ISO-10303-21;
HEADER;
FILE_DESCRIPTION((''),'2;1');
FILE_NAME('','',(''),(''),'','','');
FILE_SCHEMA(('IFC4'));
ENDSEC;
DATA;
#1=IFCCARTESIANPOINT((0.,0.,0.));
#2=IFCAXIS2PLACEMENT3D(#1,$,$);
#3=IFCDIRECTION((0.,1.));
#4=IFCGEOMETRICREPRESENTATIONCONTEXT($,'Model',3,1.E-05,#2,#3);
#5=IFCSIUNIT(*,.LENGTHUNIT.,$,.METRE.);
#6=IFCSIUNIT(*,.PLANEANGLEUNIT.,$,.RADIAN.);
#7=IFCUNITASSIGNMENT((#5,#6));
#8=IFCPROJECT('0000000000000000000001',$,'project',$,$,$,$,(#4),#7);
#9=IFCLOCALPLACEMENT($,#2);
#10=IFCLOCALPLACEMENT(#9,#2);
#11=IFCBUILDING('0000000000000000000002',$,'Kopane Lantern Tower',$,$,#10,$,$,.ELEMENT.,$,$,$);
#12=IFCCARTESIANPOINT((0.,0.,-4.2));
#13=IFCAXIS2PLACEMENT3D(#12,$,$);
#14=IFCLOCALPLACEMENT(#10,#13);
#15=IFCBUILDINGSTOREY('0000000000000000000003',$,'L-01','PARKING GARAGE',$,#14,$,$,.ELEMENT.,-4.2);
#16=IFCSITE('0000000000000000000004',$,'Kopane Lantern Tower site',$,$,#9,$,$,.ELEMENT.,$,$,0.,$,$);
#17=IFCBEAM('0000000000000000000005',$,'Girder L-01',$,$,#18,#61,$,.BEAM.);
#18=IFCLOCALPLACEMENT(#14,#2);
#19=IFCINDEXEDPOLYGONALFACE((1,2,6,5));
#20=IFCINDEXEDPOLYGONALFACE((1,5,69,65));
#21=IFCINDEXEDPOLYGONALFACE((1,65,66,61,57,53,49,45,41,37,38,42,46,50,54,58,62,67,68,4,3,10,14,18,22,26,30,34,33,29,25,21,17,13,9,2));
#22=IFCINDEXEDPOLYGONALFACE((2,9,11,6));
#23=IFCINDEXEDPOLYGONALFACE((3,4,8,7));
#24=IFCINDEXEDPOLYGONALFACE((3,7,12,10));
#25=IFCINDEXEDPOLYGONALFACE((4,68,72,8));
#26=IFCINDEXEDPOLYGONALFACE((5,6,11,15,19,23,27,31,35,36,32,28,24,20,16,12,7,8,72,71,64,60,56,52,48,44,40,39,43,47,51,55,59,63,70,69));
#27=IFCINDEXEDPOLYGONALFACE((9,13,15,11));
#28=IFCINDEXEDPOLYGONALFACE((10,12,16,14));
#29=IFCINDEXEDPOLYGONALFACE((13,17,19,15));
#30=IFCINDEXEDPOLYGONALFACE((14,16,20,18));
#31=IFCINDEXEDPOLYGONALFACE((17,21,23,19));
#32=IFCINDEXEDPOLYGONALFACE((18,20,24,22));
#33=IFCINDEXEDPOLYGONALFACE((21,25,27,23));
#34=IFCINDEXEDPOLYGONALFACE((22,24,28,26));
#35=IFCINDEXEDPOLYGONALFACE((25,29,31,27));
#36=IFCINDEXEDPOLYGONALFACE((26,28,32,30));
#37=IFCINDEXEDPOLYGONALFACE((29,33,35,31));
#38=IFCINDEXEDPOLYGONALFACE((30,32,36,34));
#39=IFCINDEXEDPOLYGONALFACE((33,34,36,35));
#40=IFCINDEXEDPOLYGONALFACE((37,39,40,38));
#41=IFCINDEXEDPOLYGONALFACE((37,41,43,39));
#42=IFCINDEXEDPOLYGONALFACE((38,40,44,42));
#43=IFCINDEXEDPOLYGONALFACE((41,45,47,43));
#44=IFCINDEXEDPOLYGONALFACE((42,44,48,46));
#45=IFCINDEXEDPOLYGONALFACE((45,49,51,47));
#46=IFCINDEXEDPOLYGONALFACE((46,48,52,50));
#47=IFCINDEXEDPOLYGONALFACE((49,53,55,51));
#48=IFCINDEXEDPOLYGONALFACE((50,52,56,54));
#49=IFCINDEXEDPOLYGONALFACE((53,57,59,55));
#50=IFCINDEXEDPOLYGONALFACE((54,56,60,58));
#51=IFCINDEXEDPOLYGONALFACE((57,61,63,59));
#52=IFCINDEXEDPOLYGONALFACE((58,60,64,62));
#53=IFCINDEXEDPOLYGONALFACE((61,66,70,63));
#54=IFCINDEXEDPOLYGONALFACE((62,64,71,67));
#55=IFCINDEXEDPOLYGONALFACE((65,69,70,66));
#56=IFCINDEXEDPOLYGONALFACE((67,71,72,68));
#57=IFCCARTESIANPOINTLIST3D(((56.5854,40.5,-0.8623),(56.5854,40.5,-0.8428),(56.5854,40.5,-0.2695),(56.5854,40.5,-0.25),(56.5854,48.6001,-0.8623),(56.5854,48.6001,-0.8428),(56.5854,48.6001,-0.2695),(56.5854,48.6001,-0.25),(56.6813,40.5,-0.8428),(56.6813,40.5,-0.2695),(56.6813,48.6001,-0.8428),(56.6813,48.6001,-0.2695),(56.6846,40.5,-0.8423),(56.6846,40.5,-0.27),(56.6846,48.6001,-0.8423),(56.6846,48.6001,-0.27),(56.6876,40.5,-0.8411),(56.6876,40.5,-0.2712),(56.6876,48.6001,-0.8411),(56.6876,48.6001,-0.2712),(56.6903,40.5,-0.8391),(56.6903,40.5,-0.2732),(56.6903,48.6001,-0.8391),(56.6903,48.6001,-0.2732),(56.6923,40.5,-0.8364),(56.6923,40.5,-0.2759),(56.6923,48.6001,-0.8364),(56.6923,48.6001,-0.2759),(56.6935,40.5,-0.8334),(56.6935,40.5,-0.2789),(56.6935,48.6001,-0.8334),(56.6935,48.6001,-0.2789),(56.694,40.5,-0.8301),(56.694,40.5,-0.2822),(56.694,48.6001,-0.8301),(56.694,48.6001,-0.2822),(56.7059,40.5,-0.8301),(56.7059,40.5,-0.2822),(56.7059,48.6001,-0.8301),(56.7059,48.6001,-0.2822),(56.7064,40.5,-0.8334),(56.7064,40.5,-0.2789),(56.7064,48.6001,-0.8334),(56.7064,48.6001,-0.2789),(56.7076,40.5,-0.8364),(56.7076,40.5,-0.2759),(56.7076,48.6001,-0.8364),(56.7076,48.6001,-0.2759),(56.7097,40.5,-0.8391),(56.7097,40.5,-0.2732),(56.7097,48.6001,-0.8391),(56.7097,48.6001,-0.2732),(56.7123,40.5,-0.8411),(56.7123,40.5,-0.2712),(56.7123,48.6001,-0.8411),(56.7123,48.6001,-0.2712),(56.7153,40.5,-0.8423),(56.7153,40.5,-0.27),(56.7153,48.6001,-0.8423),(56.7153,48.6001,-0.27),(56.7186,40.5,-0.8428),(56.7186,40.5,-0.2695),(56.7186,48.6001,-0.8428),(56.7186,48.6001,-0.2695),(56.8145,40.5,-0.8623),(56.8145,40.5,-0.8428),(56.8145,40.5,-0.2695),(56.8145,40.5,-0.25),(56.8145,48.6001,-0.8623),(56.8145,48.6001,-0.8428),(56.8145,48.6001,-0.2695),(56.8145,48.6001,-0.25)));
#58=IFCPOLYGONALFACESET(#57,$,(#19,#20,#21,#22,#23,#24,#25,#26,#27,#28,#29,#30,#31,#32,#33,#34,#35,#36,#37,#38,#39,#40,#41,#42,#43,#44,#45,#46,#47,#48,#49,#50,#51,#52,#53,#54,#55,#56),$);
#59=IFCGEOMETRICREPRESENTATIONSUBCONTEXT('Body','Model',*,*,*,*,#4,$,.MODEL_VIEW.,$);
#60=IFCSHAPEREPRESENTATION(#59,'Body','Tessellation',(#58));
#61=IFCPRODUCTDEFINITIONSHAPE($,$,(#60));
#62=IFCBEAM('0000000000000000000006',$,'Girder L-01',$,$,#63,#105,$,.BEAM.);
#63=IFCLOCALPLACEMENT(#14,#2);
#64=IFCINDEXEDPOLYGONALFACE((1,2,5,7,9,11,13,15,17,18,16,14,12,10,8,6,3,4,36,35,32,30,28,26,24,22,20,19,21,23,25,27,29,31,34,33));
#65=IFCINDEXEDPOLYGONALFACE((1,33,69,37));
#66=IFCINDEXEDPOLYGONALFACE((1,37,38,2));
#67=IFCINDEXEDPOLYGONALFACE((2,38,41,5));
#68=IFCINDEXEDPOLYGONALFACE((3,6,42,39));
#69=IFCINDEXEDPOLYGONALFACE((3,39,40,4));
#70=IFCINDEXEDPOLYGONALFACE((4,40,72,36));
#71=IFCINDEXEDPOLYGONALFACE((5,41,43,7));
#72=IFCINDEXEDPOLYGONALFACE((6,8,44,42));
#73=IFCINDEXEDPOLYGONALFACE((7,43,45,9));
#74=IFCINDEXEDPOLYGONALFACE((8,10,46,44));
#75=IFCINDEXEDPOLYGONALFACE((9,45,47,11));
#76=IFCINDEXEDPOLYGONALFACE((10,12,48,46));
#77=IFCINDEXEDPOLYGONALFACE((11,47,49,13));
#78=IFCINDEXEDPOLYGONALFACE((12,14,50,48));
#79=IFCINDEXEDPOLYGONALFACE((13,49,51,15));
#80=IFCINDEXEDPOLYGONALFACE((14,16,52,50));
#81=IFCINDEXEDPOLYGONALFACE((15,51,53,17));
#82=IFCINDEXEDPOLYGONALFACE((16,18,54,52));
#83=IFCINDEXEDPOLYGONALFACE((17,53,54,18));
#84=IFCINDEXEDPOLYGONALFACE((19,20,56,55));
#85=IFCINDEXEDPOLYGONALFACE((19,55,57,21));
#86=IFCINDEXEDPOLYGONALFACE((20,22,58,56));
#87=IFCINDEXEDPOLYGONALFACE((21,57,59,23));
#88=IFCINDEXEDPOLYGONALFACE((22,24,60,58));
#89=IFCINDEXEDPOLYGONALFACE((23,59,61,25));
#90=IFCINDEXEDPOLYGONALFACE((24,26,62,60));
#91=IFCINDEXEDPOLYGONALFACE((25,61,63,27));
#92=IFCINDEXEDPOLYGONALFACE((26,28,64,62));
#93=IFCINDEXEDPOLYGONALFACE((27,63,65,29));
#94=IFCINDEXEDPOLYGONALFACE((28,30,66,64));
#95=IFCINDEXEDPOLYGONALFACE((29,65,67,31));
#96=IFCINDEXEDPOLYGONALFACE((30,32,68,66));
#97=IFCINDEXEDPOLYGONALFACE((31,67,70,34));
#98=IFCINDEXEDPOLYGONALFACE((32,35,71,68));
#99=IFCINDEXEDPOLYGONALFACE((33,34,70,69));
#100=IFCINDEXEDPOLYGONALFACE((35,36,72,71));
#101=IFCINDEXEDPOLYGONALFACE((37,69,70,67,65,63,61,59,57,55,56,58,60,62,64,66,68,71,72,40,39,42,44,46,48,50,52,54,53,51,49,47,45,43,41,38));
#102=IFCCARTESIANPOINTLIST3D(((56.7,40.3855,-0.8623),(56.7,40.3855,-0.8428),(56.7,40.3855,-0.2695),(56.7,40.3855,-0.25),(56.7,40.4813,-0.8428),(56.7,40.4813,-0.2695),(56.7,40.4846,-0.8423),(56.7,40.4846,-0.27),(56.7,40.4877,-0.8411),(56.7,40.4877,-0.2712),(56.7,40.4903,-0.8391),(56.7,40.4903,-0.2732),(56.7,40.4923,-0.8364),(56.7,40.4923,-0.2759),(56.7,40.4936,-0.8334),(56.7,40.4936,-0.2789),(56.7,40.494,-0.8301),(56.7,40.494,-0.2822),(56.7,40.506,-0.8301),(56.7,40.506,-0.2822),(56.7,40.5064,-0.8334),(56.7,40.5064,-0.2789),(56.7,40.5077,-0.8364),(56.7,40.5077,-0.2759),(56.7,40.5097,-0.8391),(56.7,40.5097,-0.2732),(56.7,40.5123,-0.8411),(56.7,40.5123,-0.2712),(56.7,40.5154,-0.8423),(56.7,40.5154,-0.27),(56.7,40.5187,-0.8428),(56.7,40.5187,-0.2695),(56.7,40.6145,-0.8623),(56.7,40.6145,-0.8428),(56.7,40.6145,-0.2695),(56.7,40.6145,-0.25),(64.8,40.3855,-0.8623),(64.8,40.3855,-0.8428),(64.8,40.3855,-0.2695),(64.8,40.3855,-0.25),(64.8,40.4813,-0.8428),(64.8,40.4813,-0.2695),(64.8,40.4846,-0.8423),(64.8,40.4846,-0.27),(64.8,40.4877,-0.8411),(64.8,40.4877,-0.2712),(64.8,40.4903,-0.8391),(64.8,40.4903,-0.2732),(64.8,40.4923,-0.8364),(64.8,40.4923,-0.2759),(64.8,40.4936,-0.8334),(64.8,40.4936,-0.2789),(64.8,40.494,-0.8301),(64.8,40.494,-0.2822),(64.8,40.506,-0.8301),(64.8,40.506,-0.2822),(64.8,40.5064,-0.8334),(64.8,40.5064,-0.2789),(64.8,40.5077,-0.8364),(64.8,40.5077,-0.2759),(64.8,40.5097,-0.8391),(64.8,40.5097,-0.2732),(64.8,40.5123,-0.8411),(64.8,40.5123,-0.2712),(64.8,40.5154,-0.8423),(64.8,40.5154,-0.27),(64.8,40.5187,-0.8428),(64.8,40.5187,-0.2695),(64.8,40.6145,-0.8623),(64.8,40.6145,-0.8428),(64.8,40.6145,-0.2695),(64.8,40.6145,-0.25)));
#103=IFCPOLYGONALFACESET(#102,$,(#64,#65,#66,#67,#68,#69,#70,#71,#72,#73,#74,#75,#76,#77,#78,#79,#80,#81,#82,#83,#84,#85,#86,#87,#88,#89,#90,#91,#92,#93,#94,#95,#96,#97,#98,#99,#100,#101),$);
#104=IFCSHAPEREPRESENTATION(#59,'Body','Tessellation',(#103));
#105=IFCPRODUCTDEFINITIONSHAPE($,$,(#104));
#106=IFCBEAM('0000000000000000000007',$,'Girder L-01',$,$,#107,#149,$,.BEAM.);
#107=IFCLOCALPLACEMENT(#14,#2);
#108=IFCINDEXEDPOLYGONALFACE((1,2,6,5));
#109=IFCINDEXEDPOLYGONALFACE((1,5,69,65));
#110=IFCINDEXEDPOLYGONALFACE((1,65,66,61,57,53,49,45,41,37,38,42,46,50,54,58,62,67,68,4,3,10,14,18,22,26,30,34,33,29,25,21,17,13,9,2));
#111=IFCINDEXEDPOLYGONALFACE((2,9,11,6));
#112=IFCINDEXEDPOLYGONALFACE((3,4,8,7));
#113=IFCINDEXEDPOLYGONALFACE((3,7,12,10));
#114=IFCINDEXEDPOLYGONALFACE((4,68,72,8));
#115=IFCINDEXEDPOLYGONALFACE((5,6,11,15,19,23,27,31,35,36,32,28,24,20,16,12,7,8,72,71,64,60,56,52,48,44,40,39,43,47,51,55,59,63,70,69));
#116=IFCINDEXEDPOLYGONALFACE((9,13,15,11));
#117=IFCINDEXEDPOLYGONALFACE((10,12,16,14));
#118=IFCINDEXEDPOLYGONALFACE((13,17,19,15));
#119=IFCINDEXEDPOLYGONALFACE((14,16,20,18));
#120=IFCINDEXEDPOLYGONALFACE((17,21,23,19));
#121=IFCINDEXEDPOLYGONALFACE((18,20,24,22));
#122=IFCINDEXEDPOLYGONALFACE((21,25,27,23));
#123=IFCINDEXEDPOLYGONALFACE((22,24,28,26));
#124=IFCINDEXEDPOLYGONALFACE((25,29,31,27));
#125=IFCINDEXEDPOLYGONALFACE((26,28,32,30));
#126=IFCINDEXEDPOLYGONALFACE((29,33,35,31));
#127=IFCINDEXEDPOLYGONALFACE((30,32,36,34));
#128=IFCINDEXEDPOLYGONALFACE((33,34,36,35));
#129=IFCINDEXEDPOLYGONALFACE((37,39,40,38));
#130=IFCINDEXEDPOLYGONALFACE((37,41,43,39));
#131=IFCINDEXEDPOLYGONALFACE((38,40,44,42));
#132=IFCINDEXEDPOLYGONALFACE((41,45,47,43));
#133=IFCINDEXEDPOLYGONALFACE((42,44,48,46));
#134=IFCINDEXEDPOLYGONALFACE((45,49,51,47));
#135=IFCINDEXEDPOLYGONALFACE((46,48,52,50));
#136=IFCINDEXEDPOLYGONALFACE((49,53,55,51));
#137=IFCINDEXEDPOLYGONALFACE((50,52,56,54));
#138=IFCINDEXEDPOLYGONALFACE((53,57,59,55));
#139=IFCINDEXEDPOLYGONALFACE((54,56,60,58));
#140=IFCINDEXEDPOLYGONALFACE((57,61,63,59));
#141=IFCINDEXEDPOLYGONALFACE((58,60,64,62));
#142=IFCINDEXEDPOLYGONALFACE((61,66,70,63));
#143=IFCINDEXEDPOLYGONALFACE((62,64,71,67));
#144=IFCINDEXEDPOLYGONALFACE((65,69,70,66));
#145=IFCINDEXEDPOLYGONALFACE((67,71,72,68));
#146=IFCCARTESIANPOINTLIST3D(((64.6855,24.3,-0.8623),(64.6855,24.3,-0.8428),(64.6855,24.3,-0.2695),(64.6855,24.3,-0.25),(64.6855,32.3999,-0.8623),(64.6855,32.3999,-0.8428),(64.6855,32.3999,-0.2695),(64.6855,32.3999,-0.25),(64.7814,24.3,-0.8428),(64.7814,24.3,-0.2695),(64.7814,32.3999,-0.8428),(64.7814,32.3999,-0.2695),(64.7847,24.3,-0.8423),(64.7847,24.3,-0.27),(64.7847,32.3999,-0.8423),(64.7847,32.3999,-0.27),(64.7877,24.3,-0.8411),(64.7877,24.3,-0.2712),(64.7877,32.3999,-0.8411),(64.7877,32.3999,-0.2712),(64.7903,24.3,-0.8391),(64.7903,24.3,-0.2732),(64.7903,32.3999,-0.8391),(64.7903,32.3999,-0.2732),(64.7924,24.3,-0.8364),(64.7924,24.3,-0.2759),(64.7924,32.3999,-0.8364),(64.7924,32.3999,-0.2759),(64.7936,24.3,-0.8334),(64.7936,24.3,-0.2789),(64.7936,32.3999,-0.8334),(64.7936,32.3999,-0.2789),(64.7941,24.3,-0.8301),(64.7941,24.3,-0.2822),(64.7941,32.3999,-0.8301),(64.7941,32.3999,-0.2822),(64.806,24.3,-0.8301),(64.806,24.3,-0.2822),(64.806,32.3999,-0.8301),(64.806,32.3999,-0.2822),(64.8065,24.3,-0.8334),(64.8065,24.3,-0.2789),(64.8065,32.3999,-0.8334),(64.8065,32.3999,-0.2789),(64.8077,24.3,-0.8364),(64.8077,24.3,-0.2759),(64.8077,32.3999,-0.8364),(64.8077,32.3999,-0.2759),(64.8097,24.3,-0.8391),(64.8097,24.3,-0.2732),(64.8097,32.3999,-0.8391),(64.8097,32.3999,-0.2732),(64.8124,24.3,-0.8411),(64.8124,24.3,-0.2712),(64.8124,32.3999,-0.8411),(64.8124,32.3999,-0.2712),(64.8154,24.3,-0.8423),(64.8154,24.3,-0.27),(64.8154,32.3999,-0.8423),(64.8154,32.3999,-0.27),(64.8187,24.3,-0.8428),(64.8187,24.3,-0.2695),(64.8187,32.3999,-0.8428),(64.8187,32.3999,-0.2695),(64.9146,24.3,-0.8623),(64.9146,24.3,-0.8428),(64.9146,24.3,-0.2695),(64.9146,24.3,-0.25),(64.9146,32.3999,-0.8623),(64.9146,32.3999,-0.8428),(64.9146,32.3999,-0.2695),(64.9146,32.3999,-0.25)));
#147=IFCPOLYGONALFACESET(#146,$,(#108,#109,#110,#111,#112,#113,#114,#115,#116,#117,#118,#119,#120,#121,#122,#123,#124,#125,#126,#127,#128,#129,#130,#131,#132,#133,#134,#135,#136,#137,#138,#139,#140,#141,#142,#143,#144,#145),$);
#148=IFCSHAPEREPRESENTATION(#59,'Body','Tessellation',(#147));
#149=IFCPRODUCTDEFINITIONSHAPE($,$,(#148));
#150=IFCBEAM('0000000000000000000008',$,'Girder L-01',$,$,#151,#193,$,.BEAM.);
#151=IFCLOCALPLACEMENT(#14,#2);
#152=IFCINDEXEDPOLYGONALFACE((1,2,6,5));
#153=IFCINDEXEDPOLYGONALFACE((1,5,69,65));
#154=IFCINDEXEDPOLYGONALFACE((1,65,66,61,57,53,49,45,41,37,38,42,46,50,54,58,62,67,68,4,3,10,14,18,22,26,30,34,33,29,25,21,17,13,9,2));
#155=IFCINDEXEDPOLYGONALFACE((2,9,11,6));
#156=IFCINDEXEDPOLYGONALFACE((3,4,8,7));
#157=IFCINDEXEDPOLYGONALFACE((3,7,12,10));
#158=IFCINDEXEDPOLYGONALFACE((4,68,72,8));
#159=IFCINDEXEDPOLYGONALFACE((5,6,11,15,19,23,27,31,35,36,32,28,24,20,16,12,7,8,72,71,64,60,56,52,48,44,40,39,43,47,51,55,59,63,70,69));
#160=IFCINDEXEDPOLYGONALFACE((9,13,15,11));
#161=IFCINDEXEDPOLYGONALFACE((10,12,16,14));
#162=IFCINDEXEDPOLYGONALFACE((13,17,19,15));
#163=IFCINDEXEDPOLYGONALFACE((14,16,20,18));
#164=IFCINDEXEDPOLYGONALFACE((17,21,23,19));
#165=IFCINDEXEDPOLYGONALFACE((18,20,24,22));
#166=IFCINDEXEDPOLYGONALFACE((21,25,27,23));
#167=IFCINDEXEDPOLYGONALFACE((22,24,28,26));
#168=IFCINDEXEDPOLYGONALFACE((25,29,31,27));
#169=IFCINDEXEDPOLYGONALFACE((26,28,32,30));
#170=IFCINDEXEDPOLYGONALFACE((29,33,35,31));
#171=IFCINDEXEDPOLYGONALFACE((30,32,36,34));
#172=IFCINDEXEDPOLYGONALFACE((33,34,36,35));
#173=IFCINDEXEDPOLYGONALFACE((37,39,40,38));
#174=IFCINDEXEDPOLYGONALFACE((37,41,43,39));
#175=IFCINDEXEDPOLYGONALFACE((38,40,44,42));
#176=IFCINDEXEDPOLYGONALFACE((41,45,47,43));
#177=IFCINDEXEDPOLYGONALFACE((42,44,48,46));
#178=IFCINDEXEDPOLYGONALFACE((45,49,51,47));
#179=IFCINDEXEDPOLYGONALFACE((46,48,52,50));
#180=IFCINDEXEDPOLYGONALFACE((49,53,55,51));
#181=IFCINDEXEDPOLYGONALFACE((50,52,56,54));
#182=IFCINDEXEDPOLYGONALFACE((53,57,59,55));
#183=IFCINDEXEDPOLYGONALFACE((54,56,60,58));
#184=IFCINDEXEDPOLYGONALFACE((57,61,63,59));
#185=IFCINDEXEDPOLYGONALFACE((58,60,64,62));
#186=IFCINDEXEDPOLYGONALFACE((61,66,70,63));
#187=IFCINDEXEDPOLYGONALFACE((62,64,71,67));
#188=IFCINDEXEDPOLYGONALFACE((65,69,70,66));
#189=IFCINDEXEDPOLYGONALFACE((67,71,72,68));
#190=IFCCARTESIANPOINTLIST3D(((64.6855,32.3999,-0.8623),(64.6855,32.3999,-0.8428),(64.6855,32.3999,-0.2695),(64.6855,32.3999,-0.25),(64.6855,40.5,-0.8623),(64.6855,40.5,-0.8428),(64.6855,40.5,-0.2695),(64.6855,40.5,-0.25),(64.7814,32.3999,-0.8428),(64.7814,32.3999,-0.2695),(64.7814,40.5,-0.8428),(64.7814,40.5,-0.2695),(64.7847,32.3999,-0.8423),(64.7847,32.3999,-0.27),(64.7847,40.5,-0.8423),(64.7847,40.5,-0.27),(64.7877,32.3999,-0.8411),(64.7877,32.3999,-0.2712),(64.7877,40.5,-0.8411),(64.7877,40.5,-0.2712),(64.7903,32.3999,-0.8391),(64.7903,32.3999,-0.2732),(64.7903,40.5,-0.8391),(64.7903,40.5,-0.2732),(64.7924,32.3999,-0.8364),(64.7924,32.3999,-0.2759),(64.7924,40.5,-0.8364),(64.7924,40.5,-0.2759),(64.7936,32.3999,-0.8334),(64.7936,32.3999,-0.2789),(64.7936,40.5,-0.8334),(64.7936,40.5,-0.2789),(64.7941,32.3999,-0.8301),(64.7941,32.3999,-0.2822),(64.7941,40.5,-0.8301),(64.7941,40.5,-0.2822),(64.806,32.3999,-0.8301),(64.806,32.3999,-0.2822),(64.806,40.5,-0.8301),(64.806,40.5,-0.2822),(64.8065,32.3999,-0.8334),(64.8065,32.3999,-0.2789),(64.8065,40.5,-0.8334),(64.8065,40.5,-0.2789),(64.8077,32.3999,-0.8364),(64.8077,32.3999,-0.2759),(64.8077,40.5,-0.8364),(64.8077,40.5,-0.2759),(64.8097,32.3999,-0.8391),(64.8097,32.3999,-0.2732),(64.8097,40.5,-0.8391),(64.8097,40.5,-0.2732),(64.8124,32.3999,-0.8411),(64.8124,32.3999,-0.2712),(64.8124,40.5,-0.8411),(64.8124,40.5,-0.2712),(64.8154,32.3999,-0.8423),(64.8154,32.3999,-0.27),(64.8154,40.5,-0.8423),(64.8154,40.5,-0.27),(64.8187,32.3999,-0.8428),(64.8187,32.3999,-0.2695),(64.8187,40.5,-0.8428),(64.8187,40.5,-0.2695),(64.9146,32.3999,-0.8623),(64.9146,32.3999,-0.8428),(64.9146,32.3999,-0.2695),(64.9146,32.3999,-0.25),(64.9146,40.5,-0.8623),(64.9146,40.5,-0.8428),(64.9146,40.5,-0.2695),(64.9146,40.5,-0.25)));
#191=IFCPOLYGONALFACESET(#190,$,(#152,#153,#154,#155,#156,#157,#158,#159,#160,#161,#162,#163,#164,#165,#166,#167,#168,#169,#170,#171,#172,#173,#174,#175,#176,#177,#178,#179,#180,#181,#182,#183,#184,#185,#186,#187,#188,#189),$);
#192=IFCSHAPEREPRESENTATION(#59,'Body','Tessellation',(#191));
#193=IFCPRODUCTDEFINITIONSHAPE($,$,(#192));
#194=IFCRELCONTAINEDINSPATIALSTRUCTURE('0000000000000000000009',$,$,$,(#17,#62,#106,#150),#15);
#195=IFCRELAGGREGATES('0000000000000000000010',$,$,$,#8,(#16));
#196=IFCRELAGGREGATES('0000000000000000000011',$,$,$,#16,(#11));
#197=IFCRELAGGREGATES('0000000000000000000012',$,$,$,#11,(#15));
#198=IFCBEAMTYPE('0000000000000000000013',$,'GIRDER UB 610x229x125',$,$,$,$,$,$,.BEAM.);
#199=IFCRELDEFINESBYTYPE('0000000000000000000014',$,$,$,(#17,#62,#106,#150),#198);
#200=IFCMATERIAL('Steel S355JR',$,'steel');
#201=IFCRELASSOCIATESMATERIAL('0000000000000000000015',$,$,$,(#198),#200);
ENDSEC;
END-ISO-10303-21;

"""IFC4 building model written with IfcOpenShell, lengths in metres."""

from ifc_helpers import new_model, si_unit, direction, frame, origin, origin_2d, place, context, subcontext, project, spatial, i_section, extrude, material, material_profile, profile_set, type_object, element, save


model = new_model("IFC4")

# Units and contexts
model_context = context("Model", 3, precision=1e-05, world=origin(), true_north=direction((0.0, 1.0)))
body_context = subcontext(model_context, "Body", "Model", "MODEL_VIEW")
ifc_project = project(units=[si_unit("LENGTHUNIT", "METRE"), si_unit("PLANEANGLEUNIT", "RADIAN")], contexts=[model_context])

# Site, building, storey
site_placement = place(None, origin())
site = spatial("IfcSite", under=ifc_project, at=site_placement, Name="Kopane Lantern Tower site", CompositionType="ELEMENT", RefElevation=0.0)
building_placement = place(site_placement, origin())
building = spatial("IfcBuilding", under=site, at=building_placement, Name="Kopane Lantern Tower", CompositionType="ELEMENT")
storey_placement = place(building_placement, frame((0.0, 0.0, -4.2)))
storey = spatial("IfcBuildingStorey", under=building, at=storey_placement, Name="L-01", Description="PARKING GARAGE", CompositionType="ELEMENT", Elevation=-4.2)

# Beams
ifc_material_1 = material(Name="Steel S355JR", Category="steel")
ifc_material_profile_1 = material_profile(ifc_material_1, i_section(OverallWidth=0.229, OverallDepth=0.6123, WebThickness=0.012, FlangeThickness=0.0195, FilletRadius=0.0127, at=origin_2d()), Name="UB 610x229x125")
ifc_profile_set_1 = profile_set([ifc_material_profile_1], Name="Steel S355JR")
beam_type_1 = type_object("IfcBeamType", Name="GIRDER UB 610x229x125", PredefinedType="BEAM", material=ifc_profile_set_1)
for number, where, z_axis, x_axis, name in (
    (1, (56.7, 40.5, -0.5562), (0.0, 1.0, 0.0), (-1.0, 0.0, 0.0), "Girder L-01"),
    (2, (56.7, 40.5, -0.5562), (1.0, 0.0, 0.0), (0.0, 1.0, 0.0), "Girder L-01"),
):
    element("IfcBeam", number, at=place(storey_placement, frame(where, z_axis=z_axis, x_axis=x_axis)), inside=storey, type_object=beam_type_1, Name=name, PredefinedType="BEAM", context=body_context, shape_type="SweptSolid", body=[
        extrude(i_section(OverallWidth=0.229, OverallDepth=0.6123, WebThickness=0.012, FlangeThickness=0.0195, FilletRadius=0.0127, at=origin_2d()), origin(), (0.0, 0.0, 1.0), 8.1001),
    ])
beam_1_placement = place(storey_placement, frame((64.8, 24.3, -0.5562), z_axis=(0.0, 1.0, 0.0), x_axis=(-1.0, 0.0, 0.0)))
element("IfcBeam", 3, at=beam_1_placement, inside=storey, type_object=beam_type_1, Name="Girder L-01", PredefinedType="BEAM", context=body_context, shape_type="SweptSolid", body=[
    extrude(i_section(OverallWidth=0.229, OverallDepth=0.6123, WebThickness=0.012, FlangeThickness=0.0195, FilletRadius=0.0127, at=origin_2d()), origin(), (0.0, 0.0, 1.0), 8.0999),
])
for number, where, z_axis, x_axis, name in (
    (4, (64.8, 32.3999, -0.5562), (0.0, 1.0, 0.0), (-1.0, 0.0, 0.0), "Girder L-01"),
):
    element("IfcBeam", number, at=place(storey_placement, frame(where, z_axis=z_axis, x_axis=x_axis)), inside=storey, type_object=beam_type_1, Name=name, PredefinedType="BEAM", context=body_context, shape_type="SweptSolid", body=[
        extrude(i_section(OverallWidth=0.229, OverallDepth=0.6123, WebThickness=0.012, FlangeThickness=0.0195, FilletRadius=0.0127, at=origin_2d()), origin(), (0.0, 0.0, 1.0), 8.1001),
    ])

save(model, "model.ifc")
